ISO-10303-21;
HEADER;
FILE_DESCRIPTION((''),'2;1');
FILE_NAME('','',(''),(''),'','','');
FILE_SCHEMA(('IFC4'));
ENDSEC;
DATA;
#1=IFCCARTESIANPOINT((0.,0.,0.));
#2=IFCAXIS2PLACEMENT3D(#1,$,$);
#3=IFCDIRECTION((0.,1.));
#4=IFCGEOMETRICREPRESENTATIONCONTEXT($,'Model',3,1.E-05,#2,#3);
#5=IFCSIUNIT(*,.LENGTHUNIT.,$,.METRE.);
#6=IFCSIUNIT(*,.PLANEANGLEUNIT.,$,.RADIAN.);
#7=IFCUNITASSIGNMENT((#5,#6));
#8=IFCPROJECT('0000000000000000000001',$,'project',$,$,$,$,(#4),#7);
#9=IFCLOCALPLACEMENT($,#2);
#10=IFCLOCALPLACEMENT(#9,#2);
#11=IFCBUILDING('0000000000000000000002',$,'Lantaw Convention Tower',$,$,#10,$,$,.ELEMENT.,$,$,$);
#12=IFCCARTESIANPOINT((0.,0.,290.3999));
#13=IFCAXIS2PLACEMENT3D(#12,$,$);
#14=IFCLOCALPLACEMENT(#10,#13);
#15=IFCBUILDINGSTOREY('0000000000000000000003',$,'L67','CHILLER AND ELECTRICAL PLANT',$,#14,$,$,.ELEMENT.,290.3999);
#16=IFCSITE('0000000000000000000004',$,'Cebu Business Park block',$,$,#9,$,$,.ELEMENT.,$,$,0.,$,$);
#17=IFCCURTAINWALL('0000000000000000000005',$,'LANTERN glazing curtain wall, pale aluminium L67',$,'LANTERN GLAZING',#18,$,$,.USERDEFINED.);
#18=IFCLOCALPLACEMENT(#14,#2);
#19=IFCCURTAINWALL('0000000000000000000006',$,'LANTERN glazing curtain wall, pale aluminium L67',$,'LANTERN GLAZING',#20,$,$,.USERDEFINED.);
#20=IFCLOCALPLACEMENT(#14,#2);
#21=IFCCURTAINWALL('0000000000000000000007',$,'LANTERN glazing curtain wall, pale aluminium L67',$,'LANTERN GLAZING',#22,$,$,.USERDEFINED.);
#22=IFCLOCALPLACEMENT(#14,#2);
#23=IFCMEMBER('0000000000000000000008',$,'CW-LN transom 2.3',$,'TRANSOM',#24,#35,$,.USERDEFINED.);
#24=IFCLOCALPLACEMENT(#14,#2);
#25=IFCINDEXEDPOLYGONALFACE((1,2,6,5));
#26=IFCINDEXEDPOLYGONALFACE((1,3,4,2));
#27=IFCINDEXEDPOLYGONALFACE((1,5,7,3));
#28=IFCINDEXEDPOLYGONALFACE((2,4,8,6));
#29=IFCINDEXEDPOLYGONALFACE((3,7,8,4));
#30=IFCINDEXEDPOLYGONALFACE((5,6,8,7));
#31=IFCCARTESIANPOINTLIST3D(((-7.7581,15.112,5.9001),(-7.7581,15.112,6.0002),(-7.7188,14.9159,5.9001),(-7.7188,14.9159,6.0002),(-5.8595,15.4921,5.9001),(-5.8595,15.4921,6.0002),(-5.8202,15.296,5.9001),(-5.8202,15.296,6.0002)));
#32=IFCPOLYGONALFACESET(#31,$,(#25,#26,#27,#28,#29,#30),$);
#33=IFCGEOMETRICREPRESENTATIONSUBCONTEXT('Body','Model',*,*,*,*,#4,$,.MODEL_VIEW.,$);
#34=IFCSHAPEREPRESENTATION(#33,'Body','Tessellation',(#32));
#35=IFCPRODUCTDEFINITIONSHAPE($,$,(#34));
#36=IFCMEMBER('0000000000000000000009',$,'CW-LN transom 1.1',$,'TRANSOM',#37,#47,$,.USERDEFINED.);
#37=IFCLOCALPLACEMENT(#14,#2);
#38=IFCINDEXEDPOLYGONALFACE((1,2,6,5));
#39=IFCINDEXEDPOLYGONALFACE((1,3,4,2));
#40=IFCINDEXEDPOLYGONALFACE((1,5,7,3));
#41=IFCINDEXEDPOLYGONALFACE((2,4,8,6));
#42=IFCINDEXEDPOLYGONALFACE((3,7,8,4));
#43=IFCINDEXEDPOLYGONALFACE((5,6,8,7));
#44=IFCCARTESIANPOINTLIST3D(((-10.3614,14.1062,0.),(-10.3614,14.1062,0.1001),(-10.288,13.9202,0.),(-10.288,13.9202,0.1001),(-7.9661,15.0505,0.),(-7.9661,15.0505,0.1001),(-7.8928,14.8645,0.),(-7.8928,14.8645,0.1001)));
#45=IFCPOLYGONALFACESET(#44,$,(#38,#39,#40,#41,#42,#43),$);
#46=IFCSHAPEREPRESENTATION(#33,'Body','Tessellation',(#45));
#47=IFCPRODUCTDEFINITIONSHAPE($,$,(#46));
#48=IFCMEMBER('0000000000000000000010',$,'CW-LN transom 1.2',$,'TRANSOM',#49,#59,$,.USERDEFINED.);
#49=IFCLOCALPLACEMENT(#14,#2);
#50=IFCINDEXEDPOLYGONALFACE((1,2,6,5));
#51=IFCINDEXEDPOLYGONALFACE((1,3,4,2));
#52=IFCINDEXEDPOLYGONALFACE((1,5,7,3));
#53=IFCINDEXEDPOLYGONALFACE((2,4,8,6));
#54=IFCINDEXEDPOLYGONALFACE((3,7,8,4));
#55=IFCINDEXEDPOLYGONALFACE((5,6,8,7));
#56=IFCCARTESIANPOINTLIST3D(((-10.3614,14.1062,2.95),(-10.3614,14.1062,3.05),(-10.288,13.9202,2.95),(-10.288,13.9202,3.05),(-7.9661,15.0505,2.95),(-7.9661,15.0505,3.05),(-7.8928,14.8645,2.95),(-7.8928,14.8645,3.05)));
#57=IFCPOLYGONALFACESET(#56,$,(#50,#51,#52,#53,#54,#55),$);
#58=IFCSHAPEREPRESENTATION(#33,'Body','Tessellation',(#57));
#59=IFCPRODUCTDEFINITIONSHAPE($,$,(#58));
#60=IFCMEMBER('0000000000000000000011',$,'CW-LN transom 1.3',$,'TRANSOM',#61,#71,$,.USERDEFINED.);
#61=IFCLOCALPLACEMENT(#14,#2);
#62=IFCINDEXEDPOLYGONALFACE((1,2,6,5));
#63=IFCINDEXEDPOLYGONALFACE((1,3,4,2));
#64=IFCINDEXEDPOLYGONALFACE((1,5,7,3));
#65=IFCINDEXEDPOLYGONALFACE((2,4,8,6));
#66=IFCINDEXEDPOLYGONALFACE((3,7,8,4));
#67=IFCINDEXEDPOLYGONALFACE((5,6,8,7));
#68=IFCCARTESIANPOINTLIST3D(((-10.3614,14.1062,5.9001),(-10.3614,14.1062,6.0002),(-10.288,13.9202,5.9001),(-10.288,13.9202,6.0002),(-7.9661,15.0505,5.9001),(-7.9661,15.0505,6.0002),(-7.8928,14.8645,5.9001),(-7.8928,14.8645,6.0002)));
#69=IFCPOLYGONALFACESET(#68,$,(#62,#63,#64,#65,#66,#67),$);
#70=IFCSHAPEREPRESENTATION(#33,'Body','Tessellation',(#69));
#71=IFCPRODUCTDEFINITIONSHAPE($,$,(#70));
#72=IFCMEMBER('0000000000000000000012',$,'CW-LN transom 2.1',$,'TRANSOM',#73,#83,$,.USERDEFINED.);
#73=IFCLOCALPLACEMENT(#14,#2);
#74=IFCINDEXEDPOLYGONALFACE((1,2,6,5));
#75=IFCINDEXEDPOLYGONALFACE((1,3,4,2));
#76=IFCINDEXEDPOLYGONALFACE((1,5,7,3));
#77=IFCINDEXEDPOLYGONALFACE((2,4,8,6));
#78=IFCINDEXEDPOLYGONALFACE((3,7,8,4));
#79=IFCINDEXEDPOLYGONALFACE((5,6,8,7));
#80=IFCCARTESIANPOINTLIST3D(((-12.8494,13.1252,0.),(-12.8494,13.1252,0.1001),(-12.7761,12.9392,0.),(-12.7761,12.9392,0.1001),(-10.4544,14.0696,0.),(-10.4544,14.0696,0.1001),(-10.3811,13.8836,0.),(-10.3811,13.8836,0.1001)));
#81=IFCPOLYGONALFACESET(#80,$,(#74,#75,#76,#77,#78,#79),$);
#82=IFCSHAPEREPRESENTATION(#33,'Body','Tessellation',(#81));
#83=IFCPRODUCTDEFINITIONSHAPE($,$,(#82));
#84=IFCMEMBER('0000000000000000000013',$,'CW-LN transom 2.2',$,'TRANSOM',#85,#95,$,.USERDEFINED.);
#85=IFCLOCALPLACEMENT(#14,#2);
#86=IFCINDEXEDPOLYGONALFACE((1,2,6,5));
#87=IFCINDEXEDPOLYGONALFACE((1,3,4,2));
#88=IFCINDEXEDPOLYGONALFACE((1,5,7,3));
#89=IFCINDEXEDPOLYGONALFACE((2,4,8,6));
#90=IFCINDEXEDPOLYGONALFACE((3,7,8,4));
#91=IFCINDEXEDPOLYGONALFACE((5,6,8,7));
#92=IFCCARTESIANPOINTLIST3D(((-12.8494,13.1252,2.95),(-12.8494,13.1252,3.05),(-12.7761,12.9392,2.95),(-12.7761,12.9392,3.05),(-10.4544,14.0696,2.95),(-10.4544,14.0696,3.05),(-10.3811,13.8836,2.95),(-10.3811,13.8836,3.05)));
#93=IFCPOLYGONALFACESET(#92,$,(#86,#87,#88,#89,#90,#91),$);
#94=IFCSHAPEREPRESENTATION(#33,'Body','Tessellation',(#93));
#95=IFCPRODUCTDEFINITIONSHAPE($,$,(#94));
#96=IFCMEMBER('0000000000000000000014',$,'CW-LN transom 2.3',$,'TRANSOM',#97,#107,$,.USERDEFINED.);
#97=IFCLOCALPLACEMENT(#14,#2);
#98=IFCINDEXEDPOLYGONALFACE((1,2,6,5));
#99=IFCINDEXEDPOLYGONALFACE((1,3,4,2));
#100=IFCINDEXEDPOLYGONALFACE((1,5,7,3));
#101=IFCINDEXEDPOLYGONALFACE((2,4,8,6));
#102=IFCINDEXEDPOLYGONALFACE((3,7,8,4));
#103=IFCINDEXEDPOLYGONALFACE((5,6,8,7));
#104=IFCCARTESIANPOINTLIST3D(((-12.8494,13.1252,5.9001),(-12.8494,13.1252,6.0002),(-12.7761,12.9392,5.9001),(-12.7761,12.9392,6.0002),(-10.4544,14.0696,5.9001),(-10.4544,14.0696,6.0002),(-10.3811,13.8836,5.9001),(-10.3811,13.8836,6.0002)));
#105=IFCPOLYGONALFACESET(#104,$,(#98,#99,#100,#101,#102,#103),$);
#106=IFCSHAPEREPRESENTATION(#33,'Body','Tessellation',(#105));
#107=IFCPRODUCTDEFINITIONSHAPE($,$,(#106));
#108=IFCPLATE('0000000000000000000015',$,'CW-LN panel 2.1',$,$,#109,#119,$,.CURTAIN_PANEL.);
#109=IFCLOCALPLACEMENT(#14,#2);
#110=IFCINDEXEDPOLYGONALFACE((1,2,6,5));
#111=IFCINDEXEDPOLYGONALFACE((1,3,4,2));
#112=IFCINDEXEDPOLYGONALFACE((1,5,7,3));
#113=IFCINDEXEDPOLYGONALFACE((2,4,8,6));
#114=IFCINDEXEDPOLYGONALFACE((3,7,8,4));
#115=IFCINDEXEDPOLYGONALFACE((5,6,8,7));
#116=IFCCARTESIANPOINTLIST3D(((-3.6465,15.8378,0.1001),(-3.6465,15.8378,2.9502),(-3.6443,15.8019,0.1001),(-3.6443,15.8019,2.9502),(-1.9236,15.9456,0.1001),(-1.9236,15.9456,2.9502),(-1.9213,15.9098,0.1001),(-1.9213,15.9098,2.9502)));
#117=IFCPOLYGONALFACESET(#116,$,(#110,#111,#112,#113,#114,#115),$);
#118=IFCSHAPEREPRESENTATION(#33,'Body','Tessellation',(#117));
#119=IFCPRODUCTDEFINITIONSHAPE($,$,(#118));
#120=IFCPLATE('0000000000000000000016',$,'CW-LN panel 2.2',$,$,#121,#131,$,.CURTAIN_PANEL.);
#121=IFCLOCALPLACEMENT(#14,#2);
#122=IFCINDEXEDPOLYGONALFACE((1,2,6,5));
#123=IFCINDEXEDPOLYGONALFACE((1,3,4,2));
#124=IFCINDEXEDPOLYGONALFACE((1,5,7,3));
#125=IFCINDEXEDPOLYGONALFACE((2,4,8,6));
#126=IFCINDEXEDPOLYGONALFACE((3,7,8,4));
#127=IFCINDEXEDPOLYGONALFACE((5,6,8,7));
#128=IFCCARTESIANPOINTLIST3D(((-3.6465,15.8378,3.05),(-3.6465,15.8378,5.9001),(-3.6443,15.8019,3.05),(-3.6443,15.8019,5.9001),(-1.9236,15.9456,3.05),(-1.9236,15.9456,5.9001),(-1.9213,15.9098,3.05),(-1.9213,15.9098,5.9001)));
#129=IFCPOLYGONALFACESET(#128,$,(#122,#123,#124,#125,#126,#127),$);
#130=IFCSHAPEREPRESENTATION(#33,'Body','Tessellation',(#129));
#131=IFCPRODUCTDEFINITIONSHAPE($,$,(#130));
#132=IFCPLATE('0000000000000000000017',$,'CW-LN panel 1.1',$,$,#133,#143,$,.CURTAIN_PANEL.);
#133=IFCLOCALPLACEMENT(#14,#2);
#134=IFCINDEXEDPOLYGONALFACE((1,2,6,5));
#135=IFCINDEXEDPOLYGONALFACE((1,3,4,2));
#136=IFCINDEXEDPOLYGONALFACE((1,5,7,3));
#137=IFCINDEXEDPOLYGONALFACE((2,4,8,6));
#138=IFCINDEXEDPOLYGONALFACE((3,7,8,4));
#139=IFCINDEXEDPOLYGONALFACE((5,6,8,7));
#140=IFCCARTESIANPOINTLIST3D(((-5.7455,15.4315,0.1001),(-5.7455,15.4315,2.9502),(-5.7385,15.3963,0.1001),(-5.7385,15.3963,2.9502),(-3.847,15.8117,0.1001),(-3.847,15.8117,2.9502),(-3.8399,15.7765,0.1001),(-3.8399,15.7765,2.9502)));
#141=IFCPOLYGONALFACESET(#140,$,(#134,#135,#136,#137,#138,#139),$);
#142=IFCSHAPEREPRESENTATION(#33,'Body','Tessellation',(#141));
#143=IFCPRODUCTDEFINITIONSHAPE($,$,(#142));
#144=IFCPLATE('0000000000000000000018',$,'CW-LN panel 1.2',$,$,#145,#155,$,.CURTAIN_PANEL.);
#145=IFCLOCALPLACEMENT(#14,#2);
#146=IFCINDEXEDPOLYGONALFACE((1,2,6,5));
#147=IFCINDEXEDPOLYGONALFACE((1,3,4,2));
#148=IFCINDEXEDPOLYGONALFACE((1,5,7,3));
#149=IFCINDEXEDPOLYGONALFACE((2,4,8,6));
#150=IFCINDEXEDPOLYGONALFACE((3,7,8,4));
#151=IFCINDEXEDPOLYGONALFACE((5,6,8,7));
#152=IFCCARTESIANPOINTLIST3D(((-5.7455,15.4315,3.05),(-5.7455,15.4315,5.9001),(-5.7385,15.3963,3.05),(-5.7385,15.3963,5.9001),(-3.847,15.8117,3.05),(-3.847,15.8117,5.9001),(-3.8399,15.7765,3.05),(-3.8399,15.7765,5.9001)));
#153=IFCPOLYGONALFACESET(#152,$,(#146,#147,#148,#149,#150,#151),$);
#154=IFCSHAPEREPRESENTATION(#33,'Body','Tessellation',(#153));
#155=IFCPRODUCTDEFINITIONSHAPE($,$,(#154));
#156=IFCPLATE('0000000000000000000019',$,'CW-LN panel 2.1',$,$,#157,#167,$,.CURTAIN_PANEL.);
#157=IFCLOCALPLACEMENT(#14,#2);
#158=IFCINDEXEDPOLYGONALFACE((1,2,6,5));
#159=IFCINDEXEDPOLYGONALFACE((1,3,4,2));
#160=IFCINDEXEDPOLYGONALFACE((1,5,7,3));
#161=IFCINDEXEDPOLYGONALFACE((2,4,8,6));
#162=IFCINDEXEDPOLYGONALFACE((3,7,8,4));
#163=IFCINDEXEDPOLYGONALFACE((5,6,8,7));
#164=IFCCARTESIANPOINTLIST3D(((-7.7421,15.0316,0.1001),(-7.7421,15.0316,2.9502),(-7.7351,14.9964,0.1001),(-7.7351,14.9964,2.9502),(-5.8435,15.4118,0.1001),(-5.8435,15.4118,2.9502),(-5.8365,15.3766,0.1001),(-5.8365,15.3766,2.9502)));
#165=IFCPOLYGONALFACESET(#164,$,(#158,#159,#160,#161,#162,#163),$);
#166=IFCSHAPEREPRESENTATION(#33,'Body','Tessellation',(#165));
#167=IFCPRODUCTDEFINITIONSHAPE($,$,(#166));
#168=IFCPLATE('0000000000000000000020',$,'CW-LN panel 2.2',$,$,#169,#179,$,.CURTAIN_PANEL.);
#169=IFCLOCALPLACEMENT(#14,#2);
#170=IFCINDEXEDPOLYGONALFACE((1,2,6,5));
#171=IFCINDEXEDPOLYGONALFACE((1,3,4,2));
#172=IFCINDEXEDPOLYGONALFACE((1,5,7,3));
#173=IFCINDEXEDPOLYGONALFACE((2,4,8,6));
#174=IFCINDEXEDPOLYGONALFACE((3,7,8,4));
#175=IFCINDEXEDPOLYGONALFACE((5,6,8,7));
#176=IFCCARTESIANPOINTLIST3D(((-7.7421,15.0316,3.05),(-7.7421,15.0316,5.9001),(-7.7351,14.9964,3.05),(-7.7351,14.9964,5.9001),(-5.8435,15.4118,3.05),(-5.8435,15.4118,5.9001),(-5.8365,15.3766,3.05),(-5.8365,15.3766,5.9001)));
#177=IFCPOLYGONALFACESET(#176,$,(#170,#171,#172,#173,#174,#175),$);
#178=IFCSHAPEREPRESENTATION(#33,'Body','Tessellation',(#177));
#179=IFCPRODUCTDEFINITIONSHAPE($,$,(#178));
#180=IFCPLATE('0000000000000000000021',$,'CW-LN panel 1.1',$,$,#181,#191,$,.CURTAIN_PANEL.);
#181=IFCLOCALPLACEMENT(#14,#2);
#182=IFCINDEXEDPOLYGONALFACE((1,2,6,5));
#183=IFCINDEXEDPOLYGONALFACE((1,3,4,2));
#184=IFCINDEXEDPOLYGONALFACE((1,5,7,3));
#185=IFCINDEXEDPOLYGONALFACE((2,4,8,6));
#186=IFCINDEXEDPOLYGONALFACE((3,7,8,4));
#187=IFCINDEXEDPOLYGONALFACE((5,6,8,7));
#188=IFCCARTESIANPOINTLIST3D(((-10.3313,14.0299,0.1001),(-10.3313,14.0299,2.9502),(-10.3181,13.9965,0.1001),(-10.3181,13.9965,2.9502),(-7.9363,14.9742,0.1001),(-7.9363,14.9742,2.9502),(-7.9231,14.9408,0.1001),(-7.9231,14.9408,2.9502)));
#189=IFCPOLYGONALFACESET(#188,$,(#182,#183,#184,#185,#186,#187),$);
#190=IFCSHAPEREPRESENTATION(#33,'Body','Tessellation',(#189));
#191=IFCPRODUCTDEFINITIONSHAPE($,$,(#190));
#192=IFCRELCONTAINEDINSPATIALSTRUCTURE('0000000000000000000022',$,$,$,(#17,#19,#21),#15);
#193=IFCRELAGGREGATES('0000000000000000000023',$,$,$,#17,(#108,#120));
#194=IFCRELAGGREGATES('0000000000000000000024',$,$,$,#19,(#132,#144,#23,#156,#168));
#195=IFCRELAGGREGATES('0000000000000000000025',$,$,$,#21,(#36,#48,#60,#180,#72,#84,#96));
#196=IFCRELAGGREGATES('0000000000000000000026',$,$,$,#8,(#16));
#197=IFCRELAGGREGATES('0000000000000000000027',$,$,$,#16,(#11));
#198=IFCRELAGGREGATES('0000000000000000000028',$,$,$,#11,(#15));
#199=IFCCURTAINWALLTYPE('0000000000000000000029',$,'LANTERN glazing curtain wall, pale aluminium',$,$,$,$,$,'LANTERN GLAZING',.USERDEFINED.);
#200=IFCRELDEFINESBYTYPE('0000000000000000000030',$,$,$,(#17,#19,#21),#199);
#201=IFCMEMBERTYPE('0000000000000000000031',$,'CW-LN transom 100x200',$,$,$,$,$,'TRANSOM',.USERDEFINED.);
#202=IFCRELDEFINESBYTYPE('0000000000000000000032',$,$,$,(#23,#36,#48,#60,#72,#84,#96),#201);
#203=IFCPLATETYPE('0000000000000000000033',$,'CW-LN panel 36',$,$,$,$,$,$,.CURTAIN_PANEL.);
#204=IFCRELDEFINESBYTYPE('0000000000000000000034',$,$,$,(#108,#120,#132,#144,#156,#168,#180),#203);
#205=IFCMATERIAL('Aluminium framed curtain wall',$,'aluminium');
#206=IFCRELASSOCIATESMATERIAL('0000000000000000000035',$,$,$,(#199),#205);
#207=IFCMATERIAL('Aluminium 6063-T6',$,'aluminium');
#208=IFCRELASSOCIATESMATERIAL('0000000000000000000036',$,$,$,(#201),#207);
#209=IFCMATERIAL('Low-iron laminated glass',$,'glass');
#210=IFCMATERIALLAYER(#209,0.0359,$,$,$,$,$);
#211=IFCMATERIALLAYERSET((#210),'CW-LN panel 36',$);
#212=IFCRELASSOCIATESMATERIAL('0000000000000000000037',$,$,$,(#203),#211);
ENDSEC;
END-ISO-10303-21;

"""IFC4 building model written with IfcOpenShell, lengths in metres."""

from ifc_helpers import new_model, si_unit, direction, frame, origin, origin_2d, place, context, subcontext, project, spatial, rectangle, extrude, material, layer, layer_set, material_profile, profile_set, type_object, element, aggregate, save


model = new_model("IFC4")

# Units and contexts
model_context = context("Model", 3, precision=1e-05, world=origin(), true_north=direction((0.0, 1.0)))
body_context = subcontext(model_context, "Body", "Model", "MODEL_VIEW")
ifc_project = project(units=[si_unit("LENGTHUNIT", "METRE"), si_unit("PLANEANGLEUNIT", "RADIAN")], contexts=[model_context])

# Site, building, storey
site_placement = place(None, origin())
site = spatial("IfcSite", under=ifc_project, at=site_placement, Name="Cebu Business Park block", CompositionType="ELEMENT", RefElevation=0.0)
building_placement = place(site_placement, origin())
building = spatial("IfcBuilding", under=site, at=building_placement, Name="Lantaw Convention Tower", CompositionType="ELEMENT")
storey_placement = place(building_placement, frame((0.0, 0.0, 290.3999)))
storey = spatial("IfcBuildingStorey", under=building, at=storey_placement, Name="L67", Description="CHILLER AND ELECTRICAL PLANT", CompositionType="ELEMENT", Elevation=290.3999)

# Curtain wall
ifc_material_1 = material(Name="Aluminium framed curtain wall", Category="aluminium")
curtain_wall_type = type_object("IfcCurtainWallType", Name="LANTERN glazing curtain wall, pale aluminium", ElementType="LANTERN GLAZING", PredefinedType="USERDEFINED", material=ifc_material_1)
curtain_wall_1_placement = place(storey_placement, origin())
curtain_wall_1 = element("IfcCurtainWall", 1, at=curtain_wall_1_placement, inside=storey, type_object=curtain_wall_type, Name="LANTERN glazing curtain wall, pale aluminium L67", ObjectType="LANTERN GLAZING", PredefinedType="USERDEFINED")
ifc_material_2 = material(Name="Aluminium 6063-T6", Category="aluminium")

# Curtain walls
curtain_wall_2_placement = place(storey_placement, origin())
curtain_wall_2 = element("IfcCurtainWall", 2, at=curtain_wall_2_placement, inside=storey, type_object=curtain_wall_type, Name="LANTERN glazing curtain wall, pale aluminium L67", ObjectType="LANTERN GLAZING", PredefinedType="USERDEFINED")
curtain_wall_3_placement = place(storey_placement, origin())
curtain_wall_3 = element("IfcCurtainWall", 3, at=curtain_wall_3_placement, inside=storey, type_object=curtain_wall_type, Name="LANTERN glazing curtain wall, pale aluminium L67", ObjectType="LANTERN GLAZING", PredefinedType="USERDEFINED")

# Members
ifc_material_profile_1 = material_profile(ifc_material_2, rectangle(XDim=0.2, YDim=0.1001, at=origin_2d()), Name="CW-LN transom 100x200")
ifc_profile_set_1 = profile_set([ifc_material_profile_1], Name="Aluminium 6063-T6")
member_type_1 = type_object("IfcMemberType", Name="CW-LN transom 100x200", ElementType="TRANSOM", PredefinedType="USERDEFINED", material=ifc_profile_set_1)
member_1_placement = place(storey_placement, frame((-5.8398, 15.394, 5.9502), z_axis=(-0.980542, -0.19631, 0.0), x_axis=(0.19631, -0.980542, 0.0)))
member_1 = element("IfcMember", 4, at=member_1_placement, type_object=member_type_1, Name="CW-LN transom 2.3", ObjectType="TRANSOM", PredefinedType="USERDEFINED", context=body_context, shape_type="SweptSolid", body=[
    extrude(rectangle(XDim=0.2, YDim=0.1001, at=origin_2d()), origin(), (0.0, 0.0, 1.0), 1.9363),
])
member_2_placement = place(storey_placement, frame((-7.9294, 14.9575, 0.05), z_axis=(-0.930309, -0.366776, 0.0), x_axis=(0.366776, -0.930309, 0.0)))
member_2 = element("IfcMember", 5, at=member_2_placement, type_object=member_type_1, Name="CW-LN transom 1.1", ObjectType="TRANSOM", PredefinedType="USERDEFINED", context=body_context, shape_type="SweptSolid", body=[
    extrude(rectangle(XDim=0.2, YDim=0.1001, at=origin_2d()), origin(), (0.0, 0.0, 1.0), 2.5747),
])
member_3_placement = place(storey_placement, frame((-7.9294, 14.9575, 3.0), z_axis=(-0.930309, -0.366776, 0.0), x_axis=(0.366776, -0.930309, 0.0)))
member_3 = element("IfcMember", 6, at=member_3_placement, type_object=member_type_1, Name="CW-LN transom 1.2", ObjectType="TRANSOM", PredefinedType="USERDEFINED", context=body_context, shape_type="SweptSolid", body=[
    extrude(rectangle(XDim=0.2, YDim=0.1001, at=origin_2d()), origin(), (0.0, 0.0, 1.0), 2.5747),
])
member_4_placement = place(storey_placement, frame((-7.9294, 14.9575, 5.9502), z_axis=(-0.930309, -0.366776, 0.0), x_axis=(0.366776, -0.930309, 0.0)))
member_4 = element("IfcMember", 7, at=member_4_placement, type_object=member_type_1, Name="CW-LN transom 1.3", ObjectType="TRANSOM", PredefinedType="USERDEFINED", context=body_context, shape_type="SweptSolid", body=[
    extrude(rectangle(XDim=0.2, YDim=0.1001, at=origin_2d()), origin(), (0.0, 0.0, 1.0), 2.5747),
])
member_5_placement = place(storey_placement, frame((-10.4177, 13.9766, 0.05), z_axis=(-0.930297, -0.366808, 0.0), x_axis=(0.366808, -0.930297, 0.0)))
member_5 = element("IfcMember", 8, at=member_5_placement, type_object=member_type_1, Name="CW-LN transom 2.1", ObjectType="TRANSOM", PredefinedType="USERDEFINED", context=body_context, shape_type="SweptSolid", body=[
    extrude(rectangle(XDim=0.2, YDim=0.1001, at=origin_2d()), origin(), (0.0, 0.0, 1.0), 2.5745),
])
member_6_placement = place(storey_placement, frame((-10.4177, 13.9766, 3.0), z_axis=(-0.930297, -0.366808, 0.0), x_axis=(0.366808, -0.930297, 0.0)))
member_6 = element("IfcMember", 9, at=member_6_placement, type_object=member_type_1, Name="CW-LN transom 2.2", ObjectType="TRANSOM", PredefinedType="USERDEFINED", context=body_context, shape_type="SweptSolid", body=[
    extrude(rectangle(XDim=0.2, YDim=0.1001, at=origin_2d()), origin(), (0.0, 0.0, 1.0), 2.5745),
])
member_7_placement = place(storey_placement, frame((-10.4177, 13.9766, 5.9502), z_axis=(-0.930297, -0.366808, 0.0), x_axis=(0.366808, -0.930297, 0.0)))
member_7 = element("IfcMember", 10, at=member_7_placement, type_object=member_type_1, Name="CW-LN transom 2.3", ObjectType="TRANSOM", PredefinedType="USERDEFINED", context=body_context, shape_type="SweptSolid", body=[
    extrude(rectangle(XDim=0.2, YDim=0.1001, at=origin_2d()), origin(), (0.0, 0.0, 1.0), 2.5745),
])

# Plates
ifc_material_3 = material(Name="Low-iron laminated glass", Category="glass")
ifc_layer = layer(ifc_material_3, 0.0359)
ifc_layer_set = layer_set([ifc_layer], Name="CW-LN panel 36")
plate_type = type_object("IfcPlateType", Name="CW-LN panel 36", PredefinedType="CURTAIN_PANEL", material=ifc_layer_set)
plate_1_placement = place(storey_placement, frame((-2.7839, 15.8738, 0.1001), z_axis=(0.0, 0.0, 1.0), x_axis=(-0.998046, -0.062489, 0.0)))
plate_1 = element("IfcPlate", 11, at=plate_1_placement, type_object=plate_type, Name="CW-LN panel 2.1", PredefinedType="CURTAIN_PANEL", context=body_context, shape_type="SweptSolid", body=[
    extrude(rectangle(XDim=1.7263, YDim=0.0359, at=origin_2d()), origin(), (0.0, 0.0, 1.0), 2.8501),
])
plate_2_placement = place(storey_placement, frame((-2.7839, 15.8738, 3.05), z_axis=(0.0, 0.0, 1.0), x_axis=(-0.998046, -0.062489, 0.0)))
plate_2 = element("IfcPlate", 12, at=plate_2_placement, type_object=plate_type, Name="CW-LN panel 2.2", PredefinedType="CURTAIN_PANEL", context=body_context, shape_type="SweptSolid", body=[
    extrude(rectangle(XDim=1.7263, YDim=0.0359, at=origin_2d()), origin(), (0.0, 0.0, 1.0), 2.8501),
])
aggregate(curtain_wall_1, [plate_1, plate_2])
plate_3_placement = place(storey_placement, frame((-4.7927, 15.604, 0.1001), z_axis=(0.0, 0.0, 1.0), x_axis=(-0.98053, -0.196367, 0.0)))
plate_3 = element("IfcPlate", 13, at=plate_3_placement, type_object=plate_type, Name="CW-LN panel 1.1", PredefinedType="CURTAIN_PANEL", context=body_context, shape_type="SweptSolid", body=[
    extrude(rectangle(XDim=1.9363, YDim=0.0359, at=origin_2d()), origin(), (0.0, 0.0, 1.0), 2.8501),
])
plate_4_placement = place(storey_placement, frame((-4.7927, 15.604, 3.05), z_axis=(0.0, 0.0, 1.0), x_axis=(-0.98053, -0.196367, 0.0)))
plate_4 = element("IfcPlate", 14, at=plate_4_placement, type_object=plate_type, Name="CW-LN panel 1.2", PredefinedType="CURTAIN_PANEL", context=body_context, shape_type="SweptSolid", body=[
    extrude(rectangle(XDim=1.9363, YDim=0.0359, at=origin_2d()), origin(), (0.0, 0.0, 1.0), 2.8501),
])
plate_5_placement = place(storey_placement, frame((-6.7893, 15.2041, 0.1001), z_axis=(0.0, 0.0, 1.0), x_axis=(-0.98053, -0.196367, 0.0)))
plate_5 = element("IfcPlate", 15, at=plate_5_placement, type_object=plate_type, Name="CW-LN panel 2.1", PredefinedType="CURTAIN_PANEL", context=body_context, shape_type="SweptSolid", body=[
    extrude(rectangle(XDim=1.9363, YDim=0.0359, at=origin_2d()), origin(), (0.0, 0.0, 1.0), 2.8501),
])
plate_6_placement = place(storey_placement, frame((-6.7893, 15.2041, 3.05), z_axis=(0.0, 0.0, 1.0), x_axis=(-0.98053, -0.196367, 0.0)))
plate_6 = element("IfcPlate", 16, at=plate_6_placement, type_object=plate_type, Name="CW-LN panel 2.2", PredefinedType="CURTAIN_PANEL", context=body_context, shape_type="SweptSolid", body=[
    extrude(rectangle(XDim=1.9363, YDim=0.0359, at=origin_2d()), origin(), (0.0, 0.0, 1.0), 2.8501),
])
aggregate(curtain_wall_2, [plate_3, plate_4, member_1, plate_5, plate_6])
plate_7_placement = place(storey_placement, frame((-9.1272, 14.4854, 0.1001), z_axis=(0.0, 0.0, 1.0), x_axis=(-0.930299, -0.366802, 0.0)))
plate_7 = element("IfcPlate", 17, at=plate_7_placement, type_object=plate_type, Name="CW-LN panel 1.1", PredefinedType="CURTAIN_PANEL", context=body_context, shape_type="SweptSolid", body=[
    extrude(rectangle(XDim=2.5745, YDim=0.0359, at=origin_2d()), origin(), (0.0, 0.0, 1.0), 2.8501),
])
aggregate(curtain_wall_3, [member_2, member_3, member_4, plate_7, member_5, member_6, member_7])

save(model, "model.ifc")
